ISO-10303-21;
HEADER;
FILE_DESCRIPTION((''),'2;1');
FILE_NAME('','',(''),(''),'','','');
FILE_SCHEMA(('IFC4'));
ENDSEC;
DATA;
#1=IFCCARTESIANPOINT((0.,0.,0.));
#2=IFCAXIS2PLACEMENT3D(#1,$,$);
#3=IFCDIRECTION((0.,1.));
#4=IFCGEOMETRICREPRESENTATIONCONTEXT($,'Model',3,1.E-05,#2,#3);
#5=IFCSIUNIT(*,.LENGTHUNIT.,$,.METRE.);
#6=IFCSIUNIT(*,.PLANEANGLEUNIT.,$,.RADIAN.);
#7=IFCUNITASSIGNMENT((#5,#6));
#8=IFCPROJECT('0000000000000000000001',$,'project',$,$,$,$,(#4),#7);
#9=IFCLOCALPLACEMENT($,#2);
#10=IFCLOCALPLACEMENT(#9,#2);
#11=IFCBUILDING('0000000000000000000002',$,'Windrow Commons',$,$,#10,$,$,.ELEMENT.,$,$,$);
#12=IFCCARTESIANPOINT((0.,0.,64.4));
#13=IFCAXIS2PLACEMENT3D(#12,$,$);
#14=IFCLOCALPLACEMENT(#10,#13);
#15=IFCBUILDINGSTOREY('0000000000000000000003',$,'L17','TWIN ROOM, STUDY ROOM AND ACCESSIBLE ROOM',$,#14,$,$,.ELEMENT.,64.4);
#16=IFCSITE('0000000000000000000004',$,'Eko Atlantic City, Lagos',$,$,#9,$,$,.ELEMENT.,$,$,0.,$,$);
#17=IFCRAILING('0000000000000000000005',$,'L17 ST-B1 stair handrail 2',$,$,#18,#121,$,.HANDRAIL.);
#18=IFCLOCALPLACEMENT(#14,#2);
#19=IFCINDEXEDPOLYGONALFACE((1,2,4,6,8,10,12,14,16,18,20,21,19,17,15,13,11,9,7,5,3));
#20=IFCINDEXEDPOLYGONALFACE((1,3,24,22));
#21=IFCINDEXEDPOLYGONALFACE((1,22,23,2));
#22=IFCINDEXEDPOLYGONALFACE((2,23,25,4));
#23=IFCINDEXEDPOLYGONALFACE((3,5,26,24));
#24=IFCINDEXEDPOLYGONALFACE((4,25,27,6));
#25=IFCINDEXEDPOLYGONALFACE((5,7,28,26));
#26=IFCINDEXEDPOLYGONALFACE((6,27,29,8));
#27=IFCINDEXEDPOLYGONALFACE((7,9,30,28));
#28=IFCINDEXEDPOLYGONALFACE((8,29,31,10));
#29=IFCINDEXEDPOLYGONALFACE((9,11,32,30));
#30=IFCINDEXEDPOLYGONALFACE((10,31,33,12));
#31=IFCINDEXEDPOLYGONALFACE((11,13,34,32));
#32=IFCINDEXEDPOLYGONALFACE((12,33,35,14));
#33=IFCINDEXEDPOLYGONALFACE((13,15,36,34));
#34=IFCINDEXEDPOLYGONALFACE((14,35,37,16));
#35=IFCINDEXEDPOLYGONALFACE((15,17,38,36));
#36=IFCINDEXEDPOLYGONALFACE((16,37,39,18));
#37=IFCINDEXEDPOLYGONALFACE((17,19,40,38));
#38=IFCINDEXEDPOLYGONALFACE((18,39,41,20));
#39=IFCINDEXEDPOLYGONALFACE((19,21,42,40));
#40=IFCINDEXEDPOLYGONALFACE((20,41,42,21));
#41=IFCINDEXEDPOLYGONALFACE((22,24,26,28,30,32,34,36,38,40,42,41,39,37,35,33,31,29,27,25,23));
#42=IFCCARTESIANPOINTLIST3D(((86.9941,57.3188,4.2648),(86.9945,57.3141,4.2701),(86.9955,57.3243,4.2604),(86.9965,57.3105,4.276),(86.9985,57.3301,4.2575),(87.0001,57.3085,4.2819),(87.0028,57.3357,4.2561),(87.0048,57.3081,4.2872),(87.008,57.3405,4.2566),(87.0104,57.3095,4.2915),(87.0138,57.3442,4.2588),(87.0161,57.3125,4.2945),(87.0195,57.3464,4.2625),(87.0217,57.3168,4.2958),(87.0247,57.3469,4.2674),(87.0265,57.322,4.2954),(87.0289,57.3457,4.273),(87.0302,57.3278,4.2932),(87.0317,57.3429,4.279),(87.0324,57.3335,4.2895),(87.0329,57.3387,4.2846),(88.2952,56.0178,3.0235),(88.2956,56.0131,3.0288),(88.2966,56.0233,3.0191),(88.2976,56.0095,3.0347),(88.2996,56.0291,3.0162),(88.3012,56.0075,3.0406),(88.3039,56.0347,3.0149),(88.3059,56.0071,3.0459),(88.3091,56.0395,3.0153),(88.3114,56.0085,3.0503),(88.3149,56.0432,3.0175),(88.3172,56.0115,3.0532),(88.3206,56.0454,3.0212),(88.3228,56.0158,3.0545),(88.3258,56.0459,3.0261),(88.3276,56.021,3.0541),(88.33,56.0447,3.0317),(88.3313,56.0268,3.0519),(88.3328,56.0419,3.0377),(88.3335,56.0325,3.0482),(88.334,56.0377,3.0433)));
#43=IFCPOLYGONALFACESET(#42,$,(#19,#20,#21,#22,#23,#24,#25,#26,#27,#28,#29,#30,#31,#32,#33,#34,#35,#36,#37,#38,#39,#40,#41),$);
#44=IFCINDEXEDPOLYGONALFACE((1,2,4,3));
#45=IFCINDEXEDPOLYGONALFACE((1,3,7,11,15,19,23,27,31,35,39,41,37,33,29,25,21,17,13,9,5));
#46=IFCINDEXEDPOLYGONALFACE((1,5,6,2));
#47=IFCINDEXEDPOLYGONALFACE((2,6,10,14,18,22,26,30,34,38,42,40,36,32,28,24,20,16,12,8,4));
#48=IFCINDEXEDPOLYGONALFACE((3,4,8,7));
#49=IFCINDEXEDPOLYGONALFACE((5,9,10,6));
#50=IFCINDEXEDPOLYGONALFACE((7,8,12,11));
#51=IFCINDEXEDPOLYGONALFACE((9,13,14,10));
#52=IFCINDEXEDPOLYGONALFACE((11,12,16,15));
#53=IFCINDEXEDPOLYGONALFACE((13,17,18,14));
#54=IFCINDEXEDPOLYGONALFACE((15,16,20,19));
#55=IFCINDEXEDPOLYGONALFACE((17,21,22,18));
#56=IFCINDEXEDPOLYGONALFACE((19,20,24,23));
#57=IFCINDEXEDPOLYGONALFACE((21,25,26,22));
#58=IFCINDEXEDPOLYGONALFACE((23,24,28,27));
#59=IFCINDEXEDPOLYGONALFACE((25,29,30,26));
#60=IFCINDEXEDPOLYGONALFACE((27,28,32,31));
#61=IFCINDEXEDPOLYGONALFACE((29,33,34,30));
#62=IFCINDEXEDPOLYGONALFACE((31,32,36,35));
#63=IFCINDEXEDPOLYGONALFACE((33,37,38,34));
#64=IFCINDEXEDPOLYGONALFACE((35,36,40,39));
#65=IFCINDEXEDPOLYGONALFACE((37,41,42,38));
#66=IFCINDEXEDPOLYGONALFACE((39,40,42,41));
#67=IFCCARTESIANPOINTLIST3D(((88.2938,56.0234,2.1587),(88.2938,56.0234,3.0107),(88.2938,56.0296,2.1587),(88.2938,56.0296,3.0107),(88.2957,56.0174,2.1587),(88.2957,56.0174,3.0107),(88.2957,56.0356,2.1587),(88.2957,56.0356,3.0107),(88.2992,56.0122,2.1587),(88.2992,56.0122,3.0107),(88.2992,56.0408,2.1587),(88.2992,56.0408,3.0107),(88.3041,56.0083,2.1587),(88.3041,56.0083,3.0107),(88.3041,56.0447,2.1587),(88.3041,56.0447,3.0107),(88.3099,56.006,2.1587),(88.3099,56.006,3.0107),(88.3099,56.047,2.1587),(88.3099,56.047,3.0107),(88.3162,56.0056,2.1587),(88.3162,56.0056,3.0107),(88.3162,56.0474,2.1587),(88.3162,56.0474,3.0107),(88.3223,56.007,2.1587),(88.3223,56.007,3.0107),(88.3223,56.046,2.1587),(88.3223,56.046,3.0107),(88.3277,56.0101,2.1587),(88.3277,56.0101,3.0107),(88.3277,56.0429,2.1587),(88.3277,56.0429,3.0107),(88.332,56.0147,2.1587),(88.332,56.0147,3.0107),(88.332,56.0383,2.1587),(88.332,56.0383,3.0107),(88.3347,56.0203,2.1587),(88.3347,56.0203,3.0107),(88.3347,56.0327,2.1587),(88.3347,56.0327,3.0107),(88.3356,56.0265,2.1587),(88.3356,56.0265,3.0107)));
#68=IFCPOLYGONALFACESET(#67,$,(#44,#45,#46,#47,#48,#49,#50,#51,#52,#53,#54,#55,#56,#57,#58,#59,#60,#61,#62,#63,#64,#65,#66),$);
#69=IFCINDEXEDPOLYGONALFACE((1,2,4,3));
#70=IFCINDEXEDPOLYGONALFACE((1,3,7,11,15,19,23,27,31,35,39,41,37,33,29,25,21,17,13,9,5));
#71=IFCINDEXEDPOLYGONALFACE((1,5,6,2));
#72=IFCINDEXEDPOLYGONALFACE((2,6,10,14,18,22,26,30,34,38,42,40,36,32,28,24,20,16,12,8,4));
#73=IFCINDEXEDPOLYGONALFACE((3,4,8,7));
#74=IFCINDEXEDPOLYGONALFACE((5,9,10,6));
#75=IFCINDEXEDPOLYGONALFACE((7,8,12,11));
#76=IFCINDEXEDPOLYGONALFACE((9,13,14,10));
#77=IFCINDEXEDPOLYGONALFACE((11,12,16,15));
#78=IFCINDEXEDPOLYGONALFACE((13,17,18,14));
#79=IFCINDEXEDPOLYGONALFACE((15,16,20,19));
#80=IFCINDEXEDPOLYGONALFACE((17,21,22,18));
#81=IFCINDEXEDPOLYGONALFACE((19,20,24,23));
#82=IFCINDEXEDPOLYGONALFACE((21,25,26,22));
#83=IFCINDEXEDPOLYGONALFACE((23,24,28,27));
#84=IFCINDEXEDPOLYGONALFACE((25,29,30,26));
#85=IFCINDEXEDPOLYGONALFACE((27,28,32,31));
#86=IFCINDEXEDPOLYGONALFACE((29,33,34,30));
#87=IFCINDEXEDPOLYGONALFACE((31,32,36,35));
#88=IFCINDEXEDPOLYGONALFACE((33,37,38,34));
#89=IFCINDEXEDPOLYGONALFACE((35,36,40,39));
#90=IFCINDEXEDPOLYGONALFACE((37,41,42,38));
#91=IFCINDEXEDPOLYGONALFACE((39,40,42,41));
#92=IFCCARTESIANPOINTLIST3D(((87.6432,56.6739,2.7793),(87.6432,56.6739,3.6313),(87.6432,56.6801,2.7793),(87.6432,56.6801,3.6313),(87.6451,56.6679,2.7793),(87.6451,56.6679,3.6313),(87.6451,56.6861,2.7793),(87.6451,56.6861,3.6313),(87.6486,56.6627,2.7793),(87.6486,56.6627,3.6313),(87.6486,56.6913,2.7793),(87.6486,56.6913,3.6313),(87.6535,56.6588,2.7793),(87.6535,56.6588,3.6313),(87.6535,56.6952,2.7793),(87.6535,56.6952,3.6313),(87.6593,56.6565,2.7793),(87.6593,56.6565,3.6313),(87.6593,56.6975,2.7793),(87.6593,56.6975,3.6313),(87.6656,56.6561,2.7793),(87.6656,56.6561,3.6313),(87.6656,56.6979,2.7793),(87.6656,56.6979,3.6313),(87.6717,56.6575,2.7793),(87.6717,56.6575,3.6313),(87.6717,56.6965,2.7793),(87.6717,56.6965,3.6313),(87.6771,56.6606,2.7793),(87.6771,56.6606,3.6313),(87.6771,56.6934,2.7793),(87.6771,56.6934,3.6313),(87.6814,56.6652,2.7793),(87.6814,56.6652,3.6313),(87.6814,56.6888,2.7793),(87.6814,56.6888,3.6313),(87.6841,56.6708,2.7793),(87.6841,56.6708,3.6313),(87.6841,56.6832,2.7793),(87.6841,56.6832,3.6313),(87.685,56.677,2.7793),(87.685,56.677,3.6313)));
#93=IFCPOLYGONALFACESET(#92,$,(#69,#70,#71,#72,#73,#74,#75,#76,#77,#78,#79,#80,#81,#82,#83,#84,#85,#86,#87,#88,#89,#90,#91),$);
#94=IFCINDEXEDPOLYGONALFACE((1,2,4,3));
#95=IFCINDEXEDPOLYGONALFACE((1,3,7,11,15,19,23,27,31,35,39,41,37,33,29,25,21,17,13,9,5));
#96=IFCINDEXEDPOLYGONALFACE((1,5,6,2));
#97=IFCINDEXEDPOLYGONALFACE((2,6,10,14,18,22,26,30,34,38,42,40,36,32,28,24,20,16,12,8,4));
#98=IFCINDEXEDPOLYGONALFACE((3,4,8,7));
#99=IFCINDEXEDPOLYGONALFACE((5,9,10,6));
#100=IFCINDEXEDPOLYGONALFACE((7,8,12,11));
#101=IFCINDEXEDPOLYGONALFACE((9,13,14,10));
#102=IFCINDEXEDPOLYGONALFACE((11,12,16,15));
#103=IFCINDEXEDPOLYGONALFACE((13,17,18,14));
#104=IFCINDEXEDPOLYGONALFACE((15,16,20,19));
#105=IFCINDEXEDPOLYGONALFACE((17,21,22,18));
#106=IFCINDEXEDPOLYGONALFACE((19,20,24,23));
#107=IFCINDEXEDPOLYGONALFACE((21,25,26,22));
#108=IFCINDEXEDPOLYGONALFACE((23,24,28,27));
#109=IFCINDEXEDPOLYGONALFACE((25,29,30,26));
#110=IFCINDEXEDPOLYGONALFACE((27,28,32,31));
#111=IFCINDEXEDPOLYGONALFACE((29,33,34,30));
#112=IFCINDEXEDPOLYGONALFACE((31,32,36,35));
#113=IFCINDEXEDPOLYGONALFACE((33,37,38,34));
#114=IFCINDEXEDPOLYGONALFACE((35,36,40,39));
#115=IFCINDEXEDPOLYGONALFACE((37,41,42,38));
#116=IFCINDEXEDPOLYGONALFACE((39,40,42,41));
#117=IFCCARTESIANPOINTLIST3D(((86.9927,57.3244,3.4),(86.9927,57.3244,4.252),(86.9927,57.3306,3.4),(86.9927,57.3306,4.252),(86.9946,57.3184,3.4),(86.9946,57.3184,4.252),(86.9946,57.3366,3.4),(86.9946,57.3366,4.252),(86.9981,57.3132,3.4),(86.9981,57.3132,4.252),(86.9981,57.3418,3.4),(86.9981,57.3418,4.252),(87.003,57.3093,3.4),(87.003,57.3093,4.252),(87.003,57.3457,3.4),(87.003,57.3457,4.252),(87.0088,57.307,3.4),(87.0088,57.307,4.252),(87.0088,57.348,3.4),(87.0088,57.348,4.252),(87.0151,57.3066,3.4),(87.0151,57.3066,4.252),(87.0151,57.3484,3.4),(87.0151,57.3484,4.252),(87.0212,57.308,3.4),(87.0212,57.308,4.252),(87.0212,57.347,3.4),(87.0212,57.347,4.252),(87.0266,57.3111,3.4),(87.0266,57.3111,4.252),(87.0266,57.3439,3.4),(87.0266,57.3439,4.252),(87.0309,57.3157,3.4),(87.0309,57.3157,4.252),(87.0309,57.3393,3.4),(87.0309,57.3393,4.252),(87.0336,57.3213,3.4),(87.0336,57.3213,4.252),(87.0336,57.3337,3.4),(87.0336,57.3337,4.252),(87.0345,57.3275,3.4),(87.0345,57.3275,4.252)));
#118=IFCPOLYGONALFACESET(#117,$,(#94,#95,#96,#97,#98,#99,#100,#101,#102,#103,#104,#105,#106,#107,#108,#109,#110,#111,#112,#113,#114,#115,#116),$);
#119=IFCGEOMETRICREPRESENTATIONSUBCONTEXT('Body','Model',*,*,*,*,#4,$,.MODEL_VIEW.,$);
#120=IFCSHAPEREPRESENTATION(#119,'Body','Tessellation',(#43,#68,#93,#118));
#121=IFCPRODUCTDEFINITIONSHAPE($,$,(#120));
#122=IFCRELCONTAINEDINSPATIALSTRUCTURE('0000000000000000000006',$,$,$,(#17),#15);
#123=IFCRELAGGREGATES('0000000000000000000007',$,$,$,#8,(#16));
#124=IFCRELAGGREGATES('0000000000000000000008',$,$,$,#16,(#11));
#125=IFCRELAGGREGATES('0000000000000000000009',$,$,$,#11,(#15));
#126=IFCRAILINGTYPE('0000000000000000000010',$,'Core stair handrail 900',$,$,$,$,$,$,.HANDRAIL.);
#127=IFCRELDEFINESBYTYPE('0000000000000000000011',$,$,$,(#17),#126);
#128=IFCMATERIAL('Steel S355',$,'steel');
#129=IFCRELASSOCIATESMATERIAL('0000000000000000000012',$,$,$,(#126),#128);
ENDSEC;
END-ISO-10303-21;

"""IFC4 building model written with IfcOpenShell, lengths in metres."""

from ifc_helpers import new_model, si_unit, direction, frame, origin, origin_2d, place, context, subcontext, project, spatial, circle, extrude, material, type_object, element, save


model = new_model("IFC4")

# Units and contexts
model_context = context("Model", 3, precision=1e-05, world=origin(), true_north=direction((0.0, 1.0)))
body_context = subcontext(model_context, "Body", "Model", "MODEL_VIEW")
ifc_project = project(units=[si_unit("LENGTHUNIT", "METRE"), si_unit("PLANEANGLEUNIT", "RADIAN")], contexts=[model_context])

# Site, building, storey
site_placement = place(None, origin())
site = spatial("IfcSite", under=ifc_project, at=site_placement, Name="Eko Atlantic City, Lagos", CompositionType="ELEMENT", RefElevation=0.0)
building_placement = place(site_placement, origin())
building = spatial("IfcBuilding", under=site, at=building_placement, Name="Windrow Commons", CompositionType="ELEMENT")
storey_placement = place(building_placement, frame((0.0, 0.0, 64.4)))
storey = spatial("IfcBuildingStorey", under=building, at=storey_placement, Name="L17", Description="TWIN ROOM, STUDY ROOM AND ACCESSIBLE ROOM", CompositionType="ELEMENT", Elevation=64.4)

# Railing
ifc_material_1 = material(Name="Steel S355", Category="steel")
railing_type_1 = type_object("IfcRailingType", Name="Core stair handrail 900", PredefinedType="HANDRAIL", material=ifc_material_1)
railing_1_placement = place(storey_placement, frame((88.3146, 56.0265, 2.1587)))
element("IfcRailing", 1, at=railing_1_placement, inside=storey, type_object=railing_type_1, Name="L17 ST-B1 stair handrail 2", PredefinedType="HANDRAIL", context=body_context, shape_type="SweptSolid", body=[
    extrude(circle(Radius=0.024, at=origin_2d()), frame((0.0, 0.0, 0.876), z_axis=(-0.586207, 0.586162, 0.559264), x_axis=(-0.70708, -0.707134, 0.0)), (0.0, 0.0, 1.0), 2.2195),
    extrude(circle(Radius=0.021, at=origin_2d()), origin(), (0.0, 0.0, 1.0), 0.852),
    extrude(circle(Radius=0.021, at=origin_2d()), frame((-0.6506, 0.6505, 0.6206)), (0.0, 0.0, 1.0), 0.852),
    extrude(circle(Radius=0.021, at=origin_2d()), frame((-1.3011, 1.301, 1.2413)), (0.0, 0.0, 1.0), 0.852),
])

save(model, "model.ifc")
